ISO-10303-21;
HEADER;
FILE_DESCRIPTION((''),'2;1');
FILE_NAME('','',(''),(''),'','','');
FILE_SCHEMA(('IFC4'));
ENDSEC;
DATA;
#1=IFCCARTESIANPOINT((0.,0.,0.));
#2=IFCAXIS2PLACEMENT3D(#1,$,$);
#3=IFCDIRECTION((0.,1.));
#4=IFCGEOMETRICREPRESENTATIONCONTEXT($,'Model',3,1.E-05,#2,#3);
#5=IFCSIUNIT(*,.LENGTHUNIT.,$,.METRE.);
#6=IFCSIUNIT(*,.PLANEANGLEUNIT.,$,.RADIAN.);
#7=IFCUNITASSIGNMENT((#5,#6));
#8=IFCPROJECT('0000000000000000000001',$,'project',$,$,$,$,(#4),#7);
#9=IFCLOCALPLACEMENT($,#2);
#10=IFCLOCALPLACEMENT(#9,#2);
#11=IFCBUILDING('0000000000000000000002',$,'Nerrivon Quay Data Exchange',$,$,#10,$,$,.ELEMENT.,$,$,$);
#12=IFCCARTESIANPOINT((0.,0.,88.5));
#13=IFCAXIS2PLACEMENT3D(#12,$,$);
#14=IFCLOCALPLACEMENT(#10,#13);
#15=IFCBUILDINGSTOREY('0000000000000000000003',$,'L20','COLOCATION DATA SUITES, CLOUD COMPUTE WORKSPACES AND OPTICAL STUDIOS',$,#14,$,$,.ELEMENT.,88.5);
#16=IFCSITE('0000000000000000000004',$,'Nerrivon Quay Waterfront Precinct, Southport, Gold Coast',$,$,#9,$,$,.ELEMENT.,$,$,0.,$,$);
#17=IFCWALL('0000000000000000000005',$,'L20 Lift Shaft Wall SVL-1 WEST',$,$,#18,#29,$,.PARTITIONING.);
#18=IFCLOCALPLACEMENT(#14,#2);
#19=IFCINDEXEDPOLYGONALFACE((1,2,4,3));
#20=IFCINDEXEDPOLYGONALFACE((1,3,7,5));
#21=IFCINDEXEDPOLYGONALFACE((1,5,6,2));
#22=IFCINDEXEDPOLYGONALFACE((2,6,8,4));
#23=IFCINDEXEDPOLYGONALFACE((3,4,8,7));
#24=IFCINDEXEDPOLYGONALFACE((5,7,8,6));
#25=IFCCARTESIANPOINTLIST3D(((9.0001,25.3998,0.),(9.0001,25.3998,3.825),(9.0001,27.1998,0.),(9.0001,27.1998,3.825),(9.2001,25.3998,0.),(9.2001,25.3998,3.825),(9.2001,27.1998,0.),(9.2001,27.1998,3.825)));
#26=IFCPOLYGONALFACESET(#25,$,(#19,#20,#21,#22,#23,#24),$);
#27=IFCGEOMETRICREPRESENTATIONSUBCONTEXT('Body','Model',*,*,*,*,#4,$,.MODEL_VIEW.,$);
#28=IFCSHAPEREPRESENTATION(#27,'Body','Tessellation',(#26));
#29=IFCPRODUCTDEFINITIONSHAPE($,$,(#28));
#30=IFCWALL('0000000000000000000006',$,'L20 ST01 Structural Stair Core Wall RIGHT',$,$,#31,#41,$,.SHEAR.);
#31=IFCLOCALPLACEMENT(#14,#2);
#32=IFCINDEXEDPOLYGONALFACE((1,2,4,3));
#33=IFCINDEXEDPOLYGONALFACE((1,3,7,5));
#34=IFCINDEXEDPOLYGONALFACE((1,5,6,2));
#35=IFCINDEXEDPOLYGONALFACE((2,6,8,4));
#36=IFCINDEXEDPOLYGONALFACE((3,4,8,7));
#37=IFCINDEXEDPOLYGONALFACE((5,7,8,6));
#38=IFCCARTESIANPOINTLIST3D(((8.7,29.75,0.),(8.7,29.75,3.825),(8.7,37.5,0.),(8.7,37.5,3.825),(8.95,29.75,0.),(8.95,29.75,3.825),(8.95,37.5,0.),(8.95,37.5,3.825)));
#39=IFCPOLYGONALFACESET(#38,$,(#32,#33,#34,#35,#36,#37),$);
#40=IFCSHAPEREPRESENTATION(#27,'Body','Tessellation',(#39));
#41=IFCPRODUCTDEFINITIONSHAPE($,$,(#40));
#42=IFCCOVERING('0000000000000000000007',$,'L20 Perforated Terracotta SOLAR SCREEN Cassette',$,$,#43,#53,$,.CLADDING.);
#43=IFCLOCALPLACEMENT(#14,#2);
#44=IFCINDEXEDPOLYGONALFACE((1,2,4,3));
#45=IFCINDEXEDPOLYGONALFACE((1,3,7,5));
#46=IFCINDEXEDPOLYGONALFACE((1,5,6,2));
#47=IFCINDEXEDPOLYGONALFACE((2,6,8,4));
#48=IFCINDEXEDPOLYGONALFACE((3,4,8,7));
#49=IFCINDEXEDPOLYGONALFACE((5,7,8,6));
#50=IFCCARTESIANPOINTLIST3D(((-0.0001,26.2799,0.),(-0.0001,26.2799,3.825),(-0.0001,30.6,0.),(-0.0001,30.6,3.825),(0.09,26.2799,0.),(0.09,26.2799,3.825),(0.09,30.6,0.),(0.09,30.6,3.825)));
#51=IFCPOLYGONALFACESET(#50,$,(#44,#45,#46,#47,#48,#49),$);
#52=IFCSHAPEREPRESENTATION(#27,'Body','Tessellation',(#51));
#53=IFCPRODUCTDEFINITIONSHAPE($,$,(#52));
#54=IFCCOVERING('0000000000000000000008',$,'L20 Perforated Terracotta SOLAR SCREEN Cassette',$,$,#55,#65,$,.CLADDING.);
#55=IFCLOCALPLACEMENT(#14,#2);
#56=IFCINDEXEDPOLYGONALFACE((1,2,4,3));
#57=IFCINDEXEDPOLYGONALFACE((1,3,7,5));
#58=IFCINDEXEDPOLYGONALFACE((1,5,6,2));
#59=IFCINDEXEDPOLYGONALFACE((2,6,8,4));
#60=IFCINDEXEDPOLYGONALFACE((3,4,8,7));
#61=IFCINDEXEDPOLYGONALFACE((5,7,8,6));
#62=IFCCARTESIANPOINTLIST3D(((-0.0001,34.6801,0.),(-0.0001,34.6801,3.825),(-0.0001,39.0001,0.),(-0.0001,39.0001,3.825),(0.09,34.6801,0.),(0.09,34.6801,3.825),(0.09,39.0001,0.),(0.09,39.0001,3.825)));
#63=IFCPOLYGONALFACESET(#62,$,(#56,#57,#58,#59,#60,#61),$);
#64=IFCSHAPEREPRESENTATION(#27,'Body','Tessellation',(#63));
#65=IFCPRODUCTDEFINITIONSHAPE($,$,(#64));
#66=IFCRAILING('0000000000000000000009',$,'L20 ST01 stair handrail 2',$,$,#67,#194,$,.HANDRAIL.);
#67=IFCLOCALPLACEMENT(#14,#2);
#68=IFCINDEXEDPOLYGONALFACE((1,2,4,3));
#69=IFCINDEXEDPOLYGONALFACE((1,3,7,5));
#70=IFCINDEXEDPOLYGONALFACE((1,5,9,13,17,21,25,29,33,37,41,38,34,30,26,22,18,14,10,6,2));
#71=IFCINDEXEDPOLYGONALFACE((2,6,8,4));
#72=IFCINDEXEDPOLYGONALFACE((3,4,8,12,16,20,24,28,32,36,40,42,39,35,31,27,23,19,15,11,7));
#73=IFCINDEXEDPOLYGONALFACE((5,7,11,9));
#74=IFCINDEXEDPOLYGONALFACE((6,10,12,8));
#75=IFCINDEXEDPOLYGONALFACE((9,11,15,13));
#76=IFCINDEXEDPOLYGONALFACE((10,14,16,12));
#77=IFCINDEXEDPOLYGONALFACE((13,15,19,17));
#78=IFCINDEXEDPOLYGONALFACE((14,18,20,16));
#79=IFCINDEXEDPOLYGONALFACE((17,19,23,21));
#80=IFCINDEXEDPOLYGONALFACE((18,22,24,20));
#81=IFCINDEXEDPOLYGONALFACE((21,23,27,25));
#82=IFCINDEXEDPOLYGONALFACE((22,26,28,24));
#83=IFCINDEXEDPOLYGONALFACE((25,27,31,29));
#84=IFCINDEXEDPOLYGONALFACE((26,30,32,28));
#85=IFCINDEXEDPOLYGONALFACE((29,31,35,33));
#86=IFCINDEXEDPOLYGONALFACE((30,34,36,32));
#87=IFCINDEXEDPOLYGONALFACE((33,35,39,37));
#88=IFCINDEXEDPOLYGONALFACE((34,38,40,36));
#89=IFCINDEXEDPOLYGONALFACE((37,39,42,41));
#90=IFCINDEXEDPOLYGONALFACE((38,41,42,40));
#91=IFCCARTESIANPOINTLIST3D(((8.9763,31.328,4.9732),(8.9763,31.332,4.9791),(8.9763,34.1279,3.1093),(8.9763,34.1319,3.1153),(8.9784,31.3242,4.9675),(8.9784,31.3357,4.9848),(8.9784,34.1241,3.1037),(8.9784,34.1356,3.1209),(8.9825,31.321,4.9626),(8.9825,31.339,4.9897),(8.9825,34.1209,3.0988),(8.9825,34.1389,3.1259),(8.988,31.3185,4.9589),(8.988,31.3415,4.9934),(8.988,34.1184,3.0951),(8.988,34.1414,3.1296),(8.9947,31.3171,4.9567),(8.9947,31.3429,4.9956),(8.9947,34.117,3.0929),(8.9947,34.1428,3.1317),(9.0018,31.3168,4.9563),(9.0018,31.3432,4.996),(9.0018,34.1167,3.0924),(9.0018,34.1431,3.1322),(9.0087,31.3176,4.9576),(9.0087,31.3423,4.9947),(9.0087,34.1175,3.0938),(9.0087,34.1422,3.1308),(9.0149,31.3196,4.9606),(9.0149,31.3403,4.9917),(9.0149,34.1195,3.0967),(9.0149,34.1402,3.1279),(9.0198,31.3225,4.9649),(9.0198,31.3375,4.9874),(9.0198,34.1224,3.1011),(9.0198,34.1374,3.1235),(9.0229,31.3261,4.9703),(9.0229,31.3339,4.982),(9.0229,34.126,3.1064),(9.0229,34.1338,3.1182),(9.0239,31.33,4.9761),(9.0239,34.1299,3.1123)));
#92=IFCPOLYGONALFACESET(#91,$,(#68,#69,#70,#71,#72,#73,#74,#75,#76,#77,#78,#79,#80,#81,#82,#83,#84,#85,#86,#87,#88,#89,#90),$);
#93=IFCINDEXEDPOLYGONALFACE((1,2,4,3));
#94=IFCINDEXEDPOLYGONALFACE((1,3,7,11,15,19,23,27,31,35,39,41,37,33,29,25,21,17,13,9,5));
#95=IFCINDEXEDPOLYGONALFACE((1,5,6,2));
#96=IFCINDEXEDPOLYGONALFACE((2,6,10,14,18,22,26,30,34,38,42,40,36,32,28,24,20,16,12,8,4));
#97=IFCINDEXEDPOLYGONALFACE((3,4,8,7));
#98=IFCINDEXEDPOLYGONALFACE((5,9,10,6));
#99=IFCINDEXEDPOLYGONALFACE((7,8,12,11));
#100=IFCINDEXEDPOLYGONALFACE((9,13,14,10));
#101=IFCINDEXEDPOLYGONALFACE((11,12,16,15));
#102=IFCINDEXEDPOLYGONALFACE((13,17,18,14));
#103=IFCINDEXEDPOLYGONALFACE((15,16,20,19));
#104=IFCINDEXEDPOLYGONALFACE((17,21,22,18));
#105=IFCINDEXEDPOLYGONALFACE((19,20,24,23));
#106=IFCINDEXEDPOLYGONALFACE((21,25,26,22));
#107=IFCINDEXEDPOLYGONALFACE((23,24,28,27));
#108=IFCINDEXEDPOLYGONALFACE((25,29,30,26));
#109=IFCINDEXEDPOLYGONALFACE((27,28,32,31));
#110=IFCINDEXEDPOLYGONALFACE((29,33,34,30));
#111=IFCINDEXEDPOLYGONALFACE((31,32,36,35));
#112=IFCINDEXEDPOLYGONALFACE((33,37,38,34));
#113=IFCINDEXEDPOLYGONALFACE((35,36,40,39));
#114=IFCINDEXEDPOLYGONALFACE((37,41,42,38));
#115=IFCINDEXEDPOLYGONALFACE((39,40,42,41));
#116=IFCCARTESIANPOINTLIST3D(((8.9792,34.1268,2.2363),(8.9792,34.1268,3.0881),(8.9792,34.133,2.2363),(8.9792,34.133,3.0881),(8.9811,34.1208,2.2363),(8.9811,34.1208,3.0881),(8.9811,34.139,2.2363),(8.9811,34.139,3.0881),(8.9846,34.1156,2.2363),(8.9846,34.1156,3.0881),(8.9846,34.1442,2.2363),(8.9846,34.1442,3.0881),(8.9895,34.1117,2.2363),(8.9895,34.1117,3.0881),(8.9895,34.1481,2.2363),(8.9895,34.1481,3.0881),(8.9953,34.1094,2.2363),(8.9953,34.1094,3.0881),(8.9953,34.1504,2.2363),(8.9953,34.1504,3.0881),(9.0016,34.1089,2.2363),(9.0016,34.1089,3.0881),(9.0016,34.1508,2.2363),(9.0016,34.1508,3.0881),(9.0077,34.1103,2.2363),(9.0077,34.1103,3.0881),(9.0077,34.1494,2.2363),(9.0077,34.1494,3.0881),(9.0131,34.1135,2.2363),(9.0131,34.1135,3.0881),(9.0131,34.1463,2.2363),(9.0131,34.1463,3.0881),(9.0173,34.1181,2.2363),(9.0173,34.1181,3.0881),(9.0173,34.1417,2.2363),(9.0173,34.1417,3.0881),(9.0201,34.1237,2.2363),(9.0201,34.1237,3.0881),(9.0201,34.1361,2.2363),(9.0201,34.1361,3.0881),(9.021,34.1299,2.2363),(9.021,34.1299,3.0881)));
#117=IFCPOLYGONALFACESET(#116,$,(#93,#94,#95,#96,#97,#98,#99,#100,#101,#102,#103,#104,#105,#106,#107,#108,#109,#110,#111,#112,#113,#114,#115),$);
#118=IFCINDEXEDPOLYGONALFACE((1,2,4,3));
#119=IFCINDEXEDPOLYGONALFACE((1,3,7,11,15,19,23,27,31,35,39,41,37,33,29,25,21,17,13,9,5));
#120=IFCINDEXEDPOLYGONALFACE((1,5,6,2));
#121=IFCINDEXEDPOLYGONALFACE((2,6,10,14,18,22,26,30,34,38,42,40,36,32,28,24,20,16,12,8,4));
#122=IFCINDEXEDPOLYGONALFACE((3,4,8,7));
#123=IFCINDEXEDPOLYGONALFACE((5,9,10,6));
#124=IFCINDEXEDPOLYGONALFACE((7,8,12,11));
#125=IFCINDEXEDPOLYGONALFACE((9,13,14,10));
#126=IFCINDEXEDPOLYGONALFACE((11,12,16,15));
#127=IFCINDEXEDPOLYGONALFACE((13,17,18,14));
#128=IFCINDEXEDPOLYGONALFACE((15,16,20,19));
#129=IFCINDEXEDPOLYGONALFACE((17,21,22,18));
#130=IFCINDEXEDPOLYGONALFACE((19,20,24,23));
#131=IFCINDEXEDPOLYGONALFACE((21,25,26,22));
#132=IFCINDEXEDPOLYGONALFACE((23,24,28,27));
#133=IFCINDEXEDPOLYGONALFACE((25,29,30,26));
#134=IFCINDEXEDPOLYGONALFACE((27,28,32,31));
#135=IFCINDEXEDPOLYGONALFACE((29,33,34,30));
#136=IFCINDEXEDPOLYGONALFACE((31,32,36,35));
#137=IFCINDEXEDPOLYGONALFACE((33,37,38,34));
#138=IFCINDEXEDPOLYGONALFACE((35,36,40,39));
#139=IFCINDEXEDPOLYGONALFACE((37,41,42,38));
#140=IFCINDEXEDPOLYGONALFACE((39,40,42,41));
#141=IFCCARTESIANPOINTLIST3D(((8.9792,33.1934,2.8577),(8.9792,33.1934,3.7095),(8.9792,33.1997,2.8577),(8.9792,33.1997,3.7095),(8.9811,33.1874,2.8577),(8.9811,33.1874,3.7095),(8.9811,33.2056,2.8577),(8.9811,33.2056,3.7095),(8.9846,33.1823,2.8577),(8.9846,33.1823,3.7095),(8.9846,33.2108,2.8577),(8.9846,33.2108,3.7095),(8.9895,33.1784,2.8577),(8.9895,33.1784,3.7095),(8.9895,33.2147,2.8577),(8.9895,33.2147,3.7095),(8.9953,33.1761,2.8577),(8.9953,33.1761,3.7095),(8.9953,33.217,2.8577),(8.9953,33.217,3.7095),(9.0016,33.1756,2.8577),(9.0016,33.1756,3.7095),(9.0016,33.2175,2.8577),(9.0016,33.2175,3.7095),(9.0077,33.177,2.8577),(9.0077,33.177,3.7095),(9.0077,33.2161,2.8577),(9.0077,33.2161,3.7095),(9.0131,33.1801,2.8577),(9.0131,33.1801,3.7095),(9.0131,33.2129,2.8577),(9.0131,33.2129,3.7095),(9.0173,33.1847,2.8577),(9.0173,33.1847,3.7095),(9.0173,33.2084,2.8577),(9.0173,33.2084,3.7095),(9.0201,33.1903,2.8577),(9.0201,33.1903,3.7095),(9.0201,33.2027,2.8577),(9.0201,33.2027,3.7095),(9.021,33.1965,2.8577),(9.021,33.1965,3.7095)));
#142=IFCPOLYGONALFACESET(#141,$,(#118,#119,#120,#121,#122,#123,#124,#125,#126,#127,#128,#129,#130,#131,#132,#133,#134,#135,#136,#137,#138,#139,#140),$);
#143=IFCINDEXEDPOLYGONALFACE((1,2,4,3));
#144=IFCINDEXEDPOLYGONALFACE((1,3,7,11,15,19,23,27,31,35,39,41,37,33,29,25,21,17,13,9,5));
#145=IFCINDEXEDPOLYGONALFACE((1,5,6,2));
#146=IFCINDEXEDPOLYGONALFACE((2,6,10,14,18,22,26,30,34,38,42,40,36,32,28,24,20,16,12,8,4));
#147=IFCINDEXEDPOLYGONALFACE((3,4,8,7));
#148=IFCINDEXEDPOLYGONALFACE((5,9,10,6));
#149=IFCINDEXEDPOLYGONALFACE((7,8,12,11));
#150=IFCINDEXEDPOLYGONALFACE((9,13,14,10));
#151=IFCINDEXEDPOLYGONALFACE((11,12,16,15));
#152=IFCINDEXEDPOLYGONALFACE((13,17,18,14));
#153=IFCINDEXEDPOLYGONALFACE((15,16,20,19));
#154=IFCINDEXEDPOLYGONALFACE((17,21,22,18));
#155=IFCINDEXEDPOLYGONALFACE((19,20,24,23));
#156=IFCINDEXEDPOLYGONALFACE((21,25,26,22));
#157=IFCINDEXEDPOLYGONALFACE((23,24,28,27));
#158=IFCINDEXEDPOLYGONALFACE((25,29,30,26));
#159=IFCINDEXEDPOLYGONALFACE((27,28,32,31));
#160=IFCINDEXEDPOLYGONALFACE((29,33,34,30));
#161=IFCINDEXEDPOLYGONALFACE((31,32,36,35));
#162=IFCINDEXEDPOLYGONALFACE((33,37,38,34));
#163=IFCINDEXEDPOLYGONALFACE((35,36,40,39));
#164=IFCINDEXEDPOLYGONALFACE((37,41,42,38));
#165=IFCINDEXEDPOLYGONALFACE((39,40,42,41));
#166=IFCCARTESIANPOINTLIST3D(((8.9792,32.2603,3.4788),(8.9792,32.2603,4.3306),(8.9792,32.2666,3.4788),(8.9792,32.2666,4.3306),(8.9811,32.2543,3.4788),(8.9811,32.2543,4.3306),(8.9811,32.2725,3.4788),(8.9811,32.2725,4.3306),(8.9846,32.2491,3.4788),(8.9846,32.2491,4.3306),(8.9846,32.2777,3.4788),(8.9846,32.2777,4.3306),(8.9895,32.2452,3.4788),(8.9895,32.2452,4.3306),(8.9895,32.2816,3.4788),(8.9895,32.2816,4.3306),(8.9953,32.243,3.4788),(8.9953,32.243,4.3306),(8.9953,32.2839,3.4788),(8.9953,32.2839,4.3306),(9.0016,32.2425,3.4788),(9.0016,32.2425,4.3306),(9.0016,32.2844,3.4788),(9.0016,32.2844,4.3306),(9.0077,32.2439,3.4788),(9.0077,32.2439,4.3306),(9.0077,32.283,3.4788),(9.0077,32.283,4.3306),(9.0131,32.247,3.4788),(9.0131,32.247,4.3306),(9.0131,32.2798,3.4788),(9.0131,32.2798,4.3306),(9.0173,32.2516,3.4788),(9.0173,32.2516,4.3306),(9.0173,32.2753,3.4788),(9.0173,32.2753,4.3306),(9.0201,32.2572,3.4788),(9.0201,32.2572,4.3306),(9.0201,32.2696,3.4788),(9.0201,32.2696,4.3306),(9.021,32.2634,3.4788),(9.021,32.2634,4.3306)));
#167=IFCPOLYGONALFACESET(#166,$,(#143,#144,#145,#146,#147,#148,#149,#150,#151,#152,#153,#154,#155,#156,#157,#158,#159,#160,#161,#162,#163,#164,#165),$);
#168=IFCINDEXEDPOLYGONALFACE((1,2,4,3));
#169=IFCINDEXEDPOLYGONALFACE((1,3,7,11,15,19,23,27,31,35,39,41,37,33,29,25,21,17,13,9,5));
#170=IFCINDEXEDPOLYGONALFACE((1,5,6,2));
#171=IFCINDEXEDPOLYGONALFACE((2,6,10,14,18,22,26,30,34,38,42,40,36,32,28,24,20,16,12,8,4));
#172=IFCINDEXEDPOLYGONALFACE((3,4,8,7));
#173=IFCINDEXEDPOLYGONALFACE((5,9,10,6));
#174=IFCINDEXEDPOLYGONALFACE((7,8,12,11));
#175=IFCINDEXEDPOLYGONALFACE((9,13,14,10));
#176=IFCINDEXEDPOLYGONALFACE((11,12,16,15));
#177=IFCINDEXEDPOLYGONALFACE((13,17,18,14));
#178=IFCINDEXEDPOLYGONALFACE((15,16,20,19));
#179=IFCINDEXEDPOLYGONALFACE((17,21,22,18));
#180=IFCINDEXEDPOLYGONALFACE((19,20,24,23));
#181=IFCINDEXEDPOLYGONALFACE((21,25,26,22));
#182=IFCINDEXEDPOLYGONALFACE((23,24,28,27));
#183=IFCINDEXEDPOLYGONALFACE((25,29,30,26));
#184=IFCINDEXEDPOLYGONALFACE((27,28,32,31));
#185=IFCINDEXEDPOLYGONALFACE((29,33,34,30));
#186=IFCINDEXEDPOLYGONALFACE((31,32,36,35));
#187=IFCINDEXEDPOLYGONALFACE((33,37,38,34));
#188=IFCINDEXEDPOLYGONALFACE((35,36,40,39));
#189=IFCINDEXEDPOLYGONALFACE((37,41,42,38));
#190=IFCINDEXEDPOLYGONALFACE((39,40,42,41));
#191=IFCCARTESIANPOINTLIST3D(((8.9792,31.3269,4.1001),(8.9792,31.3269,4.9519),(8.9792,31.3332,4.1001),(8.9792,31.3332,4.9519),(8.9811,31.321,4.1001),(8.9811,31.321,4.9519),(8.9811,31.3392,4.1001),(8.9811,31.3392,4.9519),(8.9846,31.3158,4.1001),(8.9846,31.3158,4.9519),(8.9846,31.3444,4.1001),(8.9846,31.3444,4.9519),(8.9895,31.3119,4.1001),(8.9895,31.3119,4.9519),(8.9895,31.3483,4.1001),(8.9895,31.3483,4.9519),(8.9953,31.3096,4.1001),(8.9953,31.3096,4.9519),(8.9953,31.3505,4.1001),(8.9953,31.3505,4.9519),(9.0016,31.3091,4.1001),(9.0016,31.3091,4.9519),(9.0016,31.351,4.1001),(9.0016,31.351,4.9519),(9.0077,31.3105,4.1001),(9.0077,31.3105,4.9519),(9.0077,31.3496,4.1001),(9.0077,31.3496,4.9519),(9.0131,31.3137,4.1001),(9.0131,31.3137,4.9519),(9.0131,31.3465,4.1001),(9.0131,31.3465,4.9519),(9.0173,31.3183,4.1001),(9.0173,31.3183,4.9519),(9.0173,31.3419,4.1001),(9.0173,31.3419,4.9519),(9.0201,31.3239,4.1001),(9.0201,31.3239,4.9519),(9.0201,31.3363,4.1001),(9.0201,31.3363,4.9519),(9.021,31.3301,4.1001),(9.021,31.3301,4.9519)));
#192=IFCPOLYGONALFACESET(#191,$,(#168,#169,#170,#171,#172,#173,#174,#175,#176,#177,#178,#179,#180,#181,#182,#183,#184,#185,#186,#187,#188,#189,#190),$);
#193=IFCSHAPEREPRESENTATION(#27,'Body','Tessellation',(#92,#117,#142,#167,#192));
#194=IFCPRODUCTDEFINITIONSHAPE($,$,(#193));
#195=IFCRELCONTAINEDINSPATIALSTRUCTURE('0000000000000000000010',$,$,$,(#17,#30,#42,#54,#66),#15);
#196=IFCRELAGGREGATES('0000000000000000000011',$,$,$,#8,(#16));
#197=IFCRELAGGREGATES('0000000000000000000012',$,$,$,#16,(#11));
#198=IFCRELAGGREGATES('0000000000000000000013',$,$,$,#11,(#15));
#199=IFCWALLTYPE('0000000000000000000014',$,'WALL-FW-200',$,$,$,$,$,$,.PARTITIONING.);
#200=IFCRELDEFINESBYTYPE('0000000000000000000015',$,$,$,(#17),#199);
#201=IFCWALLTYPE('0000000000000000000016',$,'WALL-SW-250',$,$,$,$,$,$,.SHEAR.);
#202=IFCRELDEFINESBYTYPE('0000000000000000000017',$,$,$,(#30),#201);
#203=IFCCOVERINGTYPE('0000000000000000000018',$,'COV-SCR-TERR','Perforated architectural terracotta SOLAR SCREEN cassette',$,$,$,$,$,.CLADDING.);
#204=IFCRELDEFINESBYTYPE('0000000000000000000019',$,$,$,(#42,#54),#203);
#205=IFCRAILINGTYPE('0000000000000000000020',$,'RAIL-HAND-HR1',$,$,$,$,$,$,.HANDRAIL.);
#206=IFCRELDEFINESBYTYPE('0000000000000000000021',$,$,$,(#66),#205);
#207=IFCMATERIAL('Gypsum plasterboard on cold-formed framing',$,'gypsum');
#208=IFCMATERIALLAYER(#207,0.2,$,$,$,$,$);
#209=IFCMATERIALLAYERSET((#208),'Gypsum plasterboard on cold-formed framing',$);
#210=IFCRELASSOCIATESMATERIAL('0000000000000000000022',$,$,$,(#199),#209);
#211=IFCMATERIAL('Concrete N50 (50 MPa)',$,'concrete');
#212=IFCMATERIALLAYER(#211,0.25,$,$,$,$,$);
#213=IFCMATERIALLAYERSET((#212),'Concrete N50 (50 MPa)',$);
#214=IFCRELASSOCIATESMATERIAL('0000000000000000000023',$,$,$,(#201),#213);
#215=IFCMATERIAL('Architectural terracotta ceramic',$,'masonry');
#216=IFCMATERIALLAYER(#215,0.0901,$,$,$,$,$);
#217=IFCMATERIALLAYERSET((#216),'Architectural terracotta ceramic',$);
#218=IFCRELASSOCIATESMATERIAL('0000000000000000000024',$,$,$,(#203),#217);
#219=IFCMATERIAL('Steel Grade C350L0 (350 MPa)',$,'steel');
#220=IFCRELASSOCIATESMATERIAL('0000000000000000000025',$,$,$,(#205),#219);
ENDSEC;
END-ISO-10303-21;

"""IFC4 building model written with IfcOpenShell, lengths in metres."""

from ifc_helpers import new_model, si_unit, direction, frame, frame_2d, origin, origin_2d, place, context, subcontext, project, spatial, rectangle, circle, extrude, material, layer, layer_set, type_object, element, save


model = new_model("IFC4")

# Units and contexts
model_context = context("Model", 3, precision=1e-05, world=origin(), true_north=direction((0.0, 1.0)))
body_context = subcontext(model_context, "Body", "Model", "MODEL_VIEW")
ifc_project = project(units=[si_unit("LENGTHUNIT", "METRE"), si_unit("PLANEANGLEUNIT", "RADIAN")], contexts=[model_context])

# Site, building, storey
site_placement = place(None, origin())
site = spatial("IfcSite", under=ifc_project, at=site_placement, Name="Nerrivon Quay Waterfront Precinct, Southport, Gold Coast", CompositionType="ELEMENT", RefElevation=0.0)
building_placement = place(site_placement, origin())
building = spatial("IfcBuilding", under=site, at=building_placement, Name="Nerrivon Quay Data Exchange", CompositionType="ELEMENT")
storey_placement = place(building_placement, frame((0.0, 0.0, 88.5)))
storey = spatial("IfcBuildingStorey", under=building, at=storey_placement, Name="L20", Description="COLOCATION DATA SUITES, CLOUD COMPUTE WORKSPACES AND OPTICAL STUDIOS", CompositionType="ELEMENT", Elevation=88.5)

# Walls
ifc_material_1 = material(Name="Gypsum plasterboard on cold-formed framing", Category="gypsum")
ifc_layer_1 = layer(ifc_material_1, 0.2)
ifc_layer_set_1 = layer_set([ifc_layer_1], Name="Gypsum plasterboard on cold-formed framing")
wall_type_1 = type_object("IfcWallType", Name="WALL-FW-200", PredefinedType="PARTITIONING", material=ifc_layer_set_1)
wall_1_placement = place(storey_placement, frame((9.1001, 25.3999, 0.0), z_axis=(0.0, 0.0, 1.0), x_axis=(0.0, 1.0, 0.0)))
element("IfcWall", 1, at=wall_1_placement, inside=storey, type_object=wall_type_1, Name="L20 Lift Shaft Wall SVL-1 WEST", PredefinedType="PARTITIONING", context=body_context, shape_type="SweptSolid", body=[
    extrude(rectangle(XDim=1.8, YDim=0.2, at=frame_2d((0.8999, 0.0))), origin(), (0.0, 0.0, 1.0), 3.825),
])
ifc_material_2 = material(Name="Concrete N50 (50 MPa)", Category="concrete")
ifc_layer_2 = layer(ifc_material_2, 0.25)
ifc_layer_set_2 = layer_set([ifc_layer_2], Name="Concrete N50 (50 MPa)")
wall_type_2 = type_object("IfcWallType", Name="WALL-SW-250", PredefinedType="SHEAR", material=ifc_layer_set_2)
wall_2_placement = place(storey_placement, frame((8.825, 29.75, 0.0), z_axis=(0.0, 0.0, 1.0), x_axis=(0.0, 1.0, 0.0)))
element("IfcWall", 2, at=wall_2_placement, inside=storey, type_object=wall_type_2, Name="L20 ST01 Structural Stair Core Wall RIGHT", PredefinedType="SHEAR", context=body_context, shape_type="SweptSolid", body=[
    extrude(rectangle(XDim=7.75, YDim=0.25, at=frame_2d((3.875, 0.0))), origin(), (0.0, 0.0, 1.0), 3.825),
])

# Coverings
ifc_material_3 = material(Name="Architectural terracotta ceramic", Category="masonry")
ifc_layer_3 = layer(ifc_material_3, 0.0901)
ifc_layer_set_3 = layer_set([ifc_layer_3], Name="Architectural terracotta ceramic")
covering_type = type_object("IfcCoveringType", Name="COV-SCR-TERR", Description="Perforated architectural terracotta SOLAR SCREEN cassette", PredefinedType="CLADDING", material=ifc_layer_set_3)
for number, where, z_axis, x_axis, name in (
    (3, (0.0449, 28.4399, 0.0), (0.0, 0.0, 1.0), (0.0, 1.0, 0.0), "L20 Perforated Terracotta SOLAR SCREEN Cassette"),
    (4, (0.0449, 36.8401, 0.0), (0.0, 0.0, 1.0), (0.0, 1.0, 0.0), "L20 Perforated Terracotta SOLAR SCREEN Cassette"),
):
    element("IfcCovering", number, at=place(storey_placement, frame(where, z_axis=z_axis, x_axis=x_axis)), inside=storey, type_object=covering_type, Name=name, PredefinedType="CLADDING", context=body_context, shape_type="SweptSolid", body=[
        extrude(rectangle(XDim=4.3201, YDim=0.0901, at=origin_2d()), origin(), (0.0, 0.0, 1.0), 3.825),
    ])

# Railing
ifc_material_4 = material(Name="Steel Grade C350L0 (350 MPa)", Category="steel")
railing_type = type_object("IfcRailingType", Name="RAIL-HAND-HR1", PredefinedType="HANDRAIL", material=ifc_material_4)
railing_placement = place(storey_placement, frame((9.0, 34.1299, 2.2363)))
element("IfcRailing", 5, at=railing_placement, inside=storey, type_object=railing_type, Name="L20 ST01 stair handrail 2", PredefinedType="HANDRAIL", context=body_context, shape_type="SweptSolid", body=[
    extrude(circle(Radius=0.0239, at=origin_2d()), frame((0.0, 0.0, 0.876), z_axis=(0.0, -0.83243, 0.554131), x_axis=(1.0, 0.0, 0.0)), (0.0, 0.0, 1.0), 3.3635),
    extrude(circle(Radius=0.021, at=origin_2d()), origin(), (0.0, 0.0, 1.0), 0.8518),
    extrude(circle(Radius=0.021, at=origin_2d()), frame((0.0, -0.9333, 0.6213)), (0.0, 0.0, 1.0), 0.8518),
    extrude(circle(Radius=0.021, at=origin_2d()), frame((0.0, -1.8665, 1.2424)), (0.0, 0.0, 1.0), 0.8518),
    extrude(circle(Radius=0.021, at=origin_2d()), frame((0.0, -2.7998, 1.8638)), (0.0, 0.0, 1.0), 0.8518),
])

save(model, "model.ifc")
